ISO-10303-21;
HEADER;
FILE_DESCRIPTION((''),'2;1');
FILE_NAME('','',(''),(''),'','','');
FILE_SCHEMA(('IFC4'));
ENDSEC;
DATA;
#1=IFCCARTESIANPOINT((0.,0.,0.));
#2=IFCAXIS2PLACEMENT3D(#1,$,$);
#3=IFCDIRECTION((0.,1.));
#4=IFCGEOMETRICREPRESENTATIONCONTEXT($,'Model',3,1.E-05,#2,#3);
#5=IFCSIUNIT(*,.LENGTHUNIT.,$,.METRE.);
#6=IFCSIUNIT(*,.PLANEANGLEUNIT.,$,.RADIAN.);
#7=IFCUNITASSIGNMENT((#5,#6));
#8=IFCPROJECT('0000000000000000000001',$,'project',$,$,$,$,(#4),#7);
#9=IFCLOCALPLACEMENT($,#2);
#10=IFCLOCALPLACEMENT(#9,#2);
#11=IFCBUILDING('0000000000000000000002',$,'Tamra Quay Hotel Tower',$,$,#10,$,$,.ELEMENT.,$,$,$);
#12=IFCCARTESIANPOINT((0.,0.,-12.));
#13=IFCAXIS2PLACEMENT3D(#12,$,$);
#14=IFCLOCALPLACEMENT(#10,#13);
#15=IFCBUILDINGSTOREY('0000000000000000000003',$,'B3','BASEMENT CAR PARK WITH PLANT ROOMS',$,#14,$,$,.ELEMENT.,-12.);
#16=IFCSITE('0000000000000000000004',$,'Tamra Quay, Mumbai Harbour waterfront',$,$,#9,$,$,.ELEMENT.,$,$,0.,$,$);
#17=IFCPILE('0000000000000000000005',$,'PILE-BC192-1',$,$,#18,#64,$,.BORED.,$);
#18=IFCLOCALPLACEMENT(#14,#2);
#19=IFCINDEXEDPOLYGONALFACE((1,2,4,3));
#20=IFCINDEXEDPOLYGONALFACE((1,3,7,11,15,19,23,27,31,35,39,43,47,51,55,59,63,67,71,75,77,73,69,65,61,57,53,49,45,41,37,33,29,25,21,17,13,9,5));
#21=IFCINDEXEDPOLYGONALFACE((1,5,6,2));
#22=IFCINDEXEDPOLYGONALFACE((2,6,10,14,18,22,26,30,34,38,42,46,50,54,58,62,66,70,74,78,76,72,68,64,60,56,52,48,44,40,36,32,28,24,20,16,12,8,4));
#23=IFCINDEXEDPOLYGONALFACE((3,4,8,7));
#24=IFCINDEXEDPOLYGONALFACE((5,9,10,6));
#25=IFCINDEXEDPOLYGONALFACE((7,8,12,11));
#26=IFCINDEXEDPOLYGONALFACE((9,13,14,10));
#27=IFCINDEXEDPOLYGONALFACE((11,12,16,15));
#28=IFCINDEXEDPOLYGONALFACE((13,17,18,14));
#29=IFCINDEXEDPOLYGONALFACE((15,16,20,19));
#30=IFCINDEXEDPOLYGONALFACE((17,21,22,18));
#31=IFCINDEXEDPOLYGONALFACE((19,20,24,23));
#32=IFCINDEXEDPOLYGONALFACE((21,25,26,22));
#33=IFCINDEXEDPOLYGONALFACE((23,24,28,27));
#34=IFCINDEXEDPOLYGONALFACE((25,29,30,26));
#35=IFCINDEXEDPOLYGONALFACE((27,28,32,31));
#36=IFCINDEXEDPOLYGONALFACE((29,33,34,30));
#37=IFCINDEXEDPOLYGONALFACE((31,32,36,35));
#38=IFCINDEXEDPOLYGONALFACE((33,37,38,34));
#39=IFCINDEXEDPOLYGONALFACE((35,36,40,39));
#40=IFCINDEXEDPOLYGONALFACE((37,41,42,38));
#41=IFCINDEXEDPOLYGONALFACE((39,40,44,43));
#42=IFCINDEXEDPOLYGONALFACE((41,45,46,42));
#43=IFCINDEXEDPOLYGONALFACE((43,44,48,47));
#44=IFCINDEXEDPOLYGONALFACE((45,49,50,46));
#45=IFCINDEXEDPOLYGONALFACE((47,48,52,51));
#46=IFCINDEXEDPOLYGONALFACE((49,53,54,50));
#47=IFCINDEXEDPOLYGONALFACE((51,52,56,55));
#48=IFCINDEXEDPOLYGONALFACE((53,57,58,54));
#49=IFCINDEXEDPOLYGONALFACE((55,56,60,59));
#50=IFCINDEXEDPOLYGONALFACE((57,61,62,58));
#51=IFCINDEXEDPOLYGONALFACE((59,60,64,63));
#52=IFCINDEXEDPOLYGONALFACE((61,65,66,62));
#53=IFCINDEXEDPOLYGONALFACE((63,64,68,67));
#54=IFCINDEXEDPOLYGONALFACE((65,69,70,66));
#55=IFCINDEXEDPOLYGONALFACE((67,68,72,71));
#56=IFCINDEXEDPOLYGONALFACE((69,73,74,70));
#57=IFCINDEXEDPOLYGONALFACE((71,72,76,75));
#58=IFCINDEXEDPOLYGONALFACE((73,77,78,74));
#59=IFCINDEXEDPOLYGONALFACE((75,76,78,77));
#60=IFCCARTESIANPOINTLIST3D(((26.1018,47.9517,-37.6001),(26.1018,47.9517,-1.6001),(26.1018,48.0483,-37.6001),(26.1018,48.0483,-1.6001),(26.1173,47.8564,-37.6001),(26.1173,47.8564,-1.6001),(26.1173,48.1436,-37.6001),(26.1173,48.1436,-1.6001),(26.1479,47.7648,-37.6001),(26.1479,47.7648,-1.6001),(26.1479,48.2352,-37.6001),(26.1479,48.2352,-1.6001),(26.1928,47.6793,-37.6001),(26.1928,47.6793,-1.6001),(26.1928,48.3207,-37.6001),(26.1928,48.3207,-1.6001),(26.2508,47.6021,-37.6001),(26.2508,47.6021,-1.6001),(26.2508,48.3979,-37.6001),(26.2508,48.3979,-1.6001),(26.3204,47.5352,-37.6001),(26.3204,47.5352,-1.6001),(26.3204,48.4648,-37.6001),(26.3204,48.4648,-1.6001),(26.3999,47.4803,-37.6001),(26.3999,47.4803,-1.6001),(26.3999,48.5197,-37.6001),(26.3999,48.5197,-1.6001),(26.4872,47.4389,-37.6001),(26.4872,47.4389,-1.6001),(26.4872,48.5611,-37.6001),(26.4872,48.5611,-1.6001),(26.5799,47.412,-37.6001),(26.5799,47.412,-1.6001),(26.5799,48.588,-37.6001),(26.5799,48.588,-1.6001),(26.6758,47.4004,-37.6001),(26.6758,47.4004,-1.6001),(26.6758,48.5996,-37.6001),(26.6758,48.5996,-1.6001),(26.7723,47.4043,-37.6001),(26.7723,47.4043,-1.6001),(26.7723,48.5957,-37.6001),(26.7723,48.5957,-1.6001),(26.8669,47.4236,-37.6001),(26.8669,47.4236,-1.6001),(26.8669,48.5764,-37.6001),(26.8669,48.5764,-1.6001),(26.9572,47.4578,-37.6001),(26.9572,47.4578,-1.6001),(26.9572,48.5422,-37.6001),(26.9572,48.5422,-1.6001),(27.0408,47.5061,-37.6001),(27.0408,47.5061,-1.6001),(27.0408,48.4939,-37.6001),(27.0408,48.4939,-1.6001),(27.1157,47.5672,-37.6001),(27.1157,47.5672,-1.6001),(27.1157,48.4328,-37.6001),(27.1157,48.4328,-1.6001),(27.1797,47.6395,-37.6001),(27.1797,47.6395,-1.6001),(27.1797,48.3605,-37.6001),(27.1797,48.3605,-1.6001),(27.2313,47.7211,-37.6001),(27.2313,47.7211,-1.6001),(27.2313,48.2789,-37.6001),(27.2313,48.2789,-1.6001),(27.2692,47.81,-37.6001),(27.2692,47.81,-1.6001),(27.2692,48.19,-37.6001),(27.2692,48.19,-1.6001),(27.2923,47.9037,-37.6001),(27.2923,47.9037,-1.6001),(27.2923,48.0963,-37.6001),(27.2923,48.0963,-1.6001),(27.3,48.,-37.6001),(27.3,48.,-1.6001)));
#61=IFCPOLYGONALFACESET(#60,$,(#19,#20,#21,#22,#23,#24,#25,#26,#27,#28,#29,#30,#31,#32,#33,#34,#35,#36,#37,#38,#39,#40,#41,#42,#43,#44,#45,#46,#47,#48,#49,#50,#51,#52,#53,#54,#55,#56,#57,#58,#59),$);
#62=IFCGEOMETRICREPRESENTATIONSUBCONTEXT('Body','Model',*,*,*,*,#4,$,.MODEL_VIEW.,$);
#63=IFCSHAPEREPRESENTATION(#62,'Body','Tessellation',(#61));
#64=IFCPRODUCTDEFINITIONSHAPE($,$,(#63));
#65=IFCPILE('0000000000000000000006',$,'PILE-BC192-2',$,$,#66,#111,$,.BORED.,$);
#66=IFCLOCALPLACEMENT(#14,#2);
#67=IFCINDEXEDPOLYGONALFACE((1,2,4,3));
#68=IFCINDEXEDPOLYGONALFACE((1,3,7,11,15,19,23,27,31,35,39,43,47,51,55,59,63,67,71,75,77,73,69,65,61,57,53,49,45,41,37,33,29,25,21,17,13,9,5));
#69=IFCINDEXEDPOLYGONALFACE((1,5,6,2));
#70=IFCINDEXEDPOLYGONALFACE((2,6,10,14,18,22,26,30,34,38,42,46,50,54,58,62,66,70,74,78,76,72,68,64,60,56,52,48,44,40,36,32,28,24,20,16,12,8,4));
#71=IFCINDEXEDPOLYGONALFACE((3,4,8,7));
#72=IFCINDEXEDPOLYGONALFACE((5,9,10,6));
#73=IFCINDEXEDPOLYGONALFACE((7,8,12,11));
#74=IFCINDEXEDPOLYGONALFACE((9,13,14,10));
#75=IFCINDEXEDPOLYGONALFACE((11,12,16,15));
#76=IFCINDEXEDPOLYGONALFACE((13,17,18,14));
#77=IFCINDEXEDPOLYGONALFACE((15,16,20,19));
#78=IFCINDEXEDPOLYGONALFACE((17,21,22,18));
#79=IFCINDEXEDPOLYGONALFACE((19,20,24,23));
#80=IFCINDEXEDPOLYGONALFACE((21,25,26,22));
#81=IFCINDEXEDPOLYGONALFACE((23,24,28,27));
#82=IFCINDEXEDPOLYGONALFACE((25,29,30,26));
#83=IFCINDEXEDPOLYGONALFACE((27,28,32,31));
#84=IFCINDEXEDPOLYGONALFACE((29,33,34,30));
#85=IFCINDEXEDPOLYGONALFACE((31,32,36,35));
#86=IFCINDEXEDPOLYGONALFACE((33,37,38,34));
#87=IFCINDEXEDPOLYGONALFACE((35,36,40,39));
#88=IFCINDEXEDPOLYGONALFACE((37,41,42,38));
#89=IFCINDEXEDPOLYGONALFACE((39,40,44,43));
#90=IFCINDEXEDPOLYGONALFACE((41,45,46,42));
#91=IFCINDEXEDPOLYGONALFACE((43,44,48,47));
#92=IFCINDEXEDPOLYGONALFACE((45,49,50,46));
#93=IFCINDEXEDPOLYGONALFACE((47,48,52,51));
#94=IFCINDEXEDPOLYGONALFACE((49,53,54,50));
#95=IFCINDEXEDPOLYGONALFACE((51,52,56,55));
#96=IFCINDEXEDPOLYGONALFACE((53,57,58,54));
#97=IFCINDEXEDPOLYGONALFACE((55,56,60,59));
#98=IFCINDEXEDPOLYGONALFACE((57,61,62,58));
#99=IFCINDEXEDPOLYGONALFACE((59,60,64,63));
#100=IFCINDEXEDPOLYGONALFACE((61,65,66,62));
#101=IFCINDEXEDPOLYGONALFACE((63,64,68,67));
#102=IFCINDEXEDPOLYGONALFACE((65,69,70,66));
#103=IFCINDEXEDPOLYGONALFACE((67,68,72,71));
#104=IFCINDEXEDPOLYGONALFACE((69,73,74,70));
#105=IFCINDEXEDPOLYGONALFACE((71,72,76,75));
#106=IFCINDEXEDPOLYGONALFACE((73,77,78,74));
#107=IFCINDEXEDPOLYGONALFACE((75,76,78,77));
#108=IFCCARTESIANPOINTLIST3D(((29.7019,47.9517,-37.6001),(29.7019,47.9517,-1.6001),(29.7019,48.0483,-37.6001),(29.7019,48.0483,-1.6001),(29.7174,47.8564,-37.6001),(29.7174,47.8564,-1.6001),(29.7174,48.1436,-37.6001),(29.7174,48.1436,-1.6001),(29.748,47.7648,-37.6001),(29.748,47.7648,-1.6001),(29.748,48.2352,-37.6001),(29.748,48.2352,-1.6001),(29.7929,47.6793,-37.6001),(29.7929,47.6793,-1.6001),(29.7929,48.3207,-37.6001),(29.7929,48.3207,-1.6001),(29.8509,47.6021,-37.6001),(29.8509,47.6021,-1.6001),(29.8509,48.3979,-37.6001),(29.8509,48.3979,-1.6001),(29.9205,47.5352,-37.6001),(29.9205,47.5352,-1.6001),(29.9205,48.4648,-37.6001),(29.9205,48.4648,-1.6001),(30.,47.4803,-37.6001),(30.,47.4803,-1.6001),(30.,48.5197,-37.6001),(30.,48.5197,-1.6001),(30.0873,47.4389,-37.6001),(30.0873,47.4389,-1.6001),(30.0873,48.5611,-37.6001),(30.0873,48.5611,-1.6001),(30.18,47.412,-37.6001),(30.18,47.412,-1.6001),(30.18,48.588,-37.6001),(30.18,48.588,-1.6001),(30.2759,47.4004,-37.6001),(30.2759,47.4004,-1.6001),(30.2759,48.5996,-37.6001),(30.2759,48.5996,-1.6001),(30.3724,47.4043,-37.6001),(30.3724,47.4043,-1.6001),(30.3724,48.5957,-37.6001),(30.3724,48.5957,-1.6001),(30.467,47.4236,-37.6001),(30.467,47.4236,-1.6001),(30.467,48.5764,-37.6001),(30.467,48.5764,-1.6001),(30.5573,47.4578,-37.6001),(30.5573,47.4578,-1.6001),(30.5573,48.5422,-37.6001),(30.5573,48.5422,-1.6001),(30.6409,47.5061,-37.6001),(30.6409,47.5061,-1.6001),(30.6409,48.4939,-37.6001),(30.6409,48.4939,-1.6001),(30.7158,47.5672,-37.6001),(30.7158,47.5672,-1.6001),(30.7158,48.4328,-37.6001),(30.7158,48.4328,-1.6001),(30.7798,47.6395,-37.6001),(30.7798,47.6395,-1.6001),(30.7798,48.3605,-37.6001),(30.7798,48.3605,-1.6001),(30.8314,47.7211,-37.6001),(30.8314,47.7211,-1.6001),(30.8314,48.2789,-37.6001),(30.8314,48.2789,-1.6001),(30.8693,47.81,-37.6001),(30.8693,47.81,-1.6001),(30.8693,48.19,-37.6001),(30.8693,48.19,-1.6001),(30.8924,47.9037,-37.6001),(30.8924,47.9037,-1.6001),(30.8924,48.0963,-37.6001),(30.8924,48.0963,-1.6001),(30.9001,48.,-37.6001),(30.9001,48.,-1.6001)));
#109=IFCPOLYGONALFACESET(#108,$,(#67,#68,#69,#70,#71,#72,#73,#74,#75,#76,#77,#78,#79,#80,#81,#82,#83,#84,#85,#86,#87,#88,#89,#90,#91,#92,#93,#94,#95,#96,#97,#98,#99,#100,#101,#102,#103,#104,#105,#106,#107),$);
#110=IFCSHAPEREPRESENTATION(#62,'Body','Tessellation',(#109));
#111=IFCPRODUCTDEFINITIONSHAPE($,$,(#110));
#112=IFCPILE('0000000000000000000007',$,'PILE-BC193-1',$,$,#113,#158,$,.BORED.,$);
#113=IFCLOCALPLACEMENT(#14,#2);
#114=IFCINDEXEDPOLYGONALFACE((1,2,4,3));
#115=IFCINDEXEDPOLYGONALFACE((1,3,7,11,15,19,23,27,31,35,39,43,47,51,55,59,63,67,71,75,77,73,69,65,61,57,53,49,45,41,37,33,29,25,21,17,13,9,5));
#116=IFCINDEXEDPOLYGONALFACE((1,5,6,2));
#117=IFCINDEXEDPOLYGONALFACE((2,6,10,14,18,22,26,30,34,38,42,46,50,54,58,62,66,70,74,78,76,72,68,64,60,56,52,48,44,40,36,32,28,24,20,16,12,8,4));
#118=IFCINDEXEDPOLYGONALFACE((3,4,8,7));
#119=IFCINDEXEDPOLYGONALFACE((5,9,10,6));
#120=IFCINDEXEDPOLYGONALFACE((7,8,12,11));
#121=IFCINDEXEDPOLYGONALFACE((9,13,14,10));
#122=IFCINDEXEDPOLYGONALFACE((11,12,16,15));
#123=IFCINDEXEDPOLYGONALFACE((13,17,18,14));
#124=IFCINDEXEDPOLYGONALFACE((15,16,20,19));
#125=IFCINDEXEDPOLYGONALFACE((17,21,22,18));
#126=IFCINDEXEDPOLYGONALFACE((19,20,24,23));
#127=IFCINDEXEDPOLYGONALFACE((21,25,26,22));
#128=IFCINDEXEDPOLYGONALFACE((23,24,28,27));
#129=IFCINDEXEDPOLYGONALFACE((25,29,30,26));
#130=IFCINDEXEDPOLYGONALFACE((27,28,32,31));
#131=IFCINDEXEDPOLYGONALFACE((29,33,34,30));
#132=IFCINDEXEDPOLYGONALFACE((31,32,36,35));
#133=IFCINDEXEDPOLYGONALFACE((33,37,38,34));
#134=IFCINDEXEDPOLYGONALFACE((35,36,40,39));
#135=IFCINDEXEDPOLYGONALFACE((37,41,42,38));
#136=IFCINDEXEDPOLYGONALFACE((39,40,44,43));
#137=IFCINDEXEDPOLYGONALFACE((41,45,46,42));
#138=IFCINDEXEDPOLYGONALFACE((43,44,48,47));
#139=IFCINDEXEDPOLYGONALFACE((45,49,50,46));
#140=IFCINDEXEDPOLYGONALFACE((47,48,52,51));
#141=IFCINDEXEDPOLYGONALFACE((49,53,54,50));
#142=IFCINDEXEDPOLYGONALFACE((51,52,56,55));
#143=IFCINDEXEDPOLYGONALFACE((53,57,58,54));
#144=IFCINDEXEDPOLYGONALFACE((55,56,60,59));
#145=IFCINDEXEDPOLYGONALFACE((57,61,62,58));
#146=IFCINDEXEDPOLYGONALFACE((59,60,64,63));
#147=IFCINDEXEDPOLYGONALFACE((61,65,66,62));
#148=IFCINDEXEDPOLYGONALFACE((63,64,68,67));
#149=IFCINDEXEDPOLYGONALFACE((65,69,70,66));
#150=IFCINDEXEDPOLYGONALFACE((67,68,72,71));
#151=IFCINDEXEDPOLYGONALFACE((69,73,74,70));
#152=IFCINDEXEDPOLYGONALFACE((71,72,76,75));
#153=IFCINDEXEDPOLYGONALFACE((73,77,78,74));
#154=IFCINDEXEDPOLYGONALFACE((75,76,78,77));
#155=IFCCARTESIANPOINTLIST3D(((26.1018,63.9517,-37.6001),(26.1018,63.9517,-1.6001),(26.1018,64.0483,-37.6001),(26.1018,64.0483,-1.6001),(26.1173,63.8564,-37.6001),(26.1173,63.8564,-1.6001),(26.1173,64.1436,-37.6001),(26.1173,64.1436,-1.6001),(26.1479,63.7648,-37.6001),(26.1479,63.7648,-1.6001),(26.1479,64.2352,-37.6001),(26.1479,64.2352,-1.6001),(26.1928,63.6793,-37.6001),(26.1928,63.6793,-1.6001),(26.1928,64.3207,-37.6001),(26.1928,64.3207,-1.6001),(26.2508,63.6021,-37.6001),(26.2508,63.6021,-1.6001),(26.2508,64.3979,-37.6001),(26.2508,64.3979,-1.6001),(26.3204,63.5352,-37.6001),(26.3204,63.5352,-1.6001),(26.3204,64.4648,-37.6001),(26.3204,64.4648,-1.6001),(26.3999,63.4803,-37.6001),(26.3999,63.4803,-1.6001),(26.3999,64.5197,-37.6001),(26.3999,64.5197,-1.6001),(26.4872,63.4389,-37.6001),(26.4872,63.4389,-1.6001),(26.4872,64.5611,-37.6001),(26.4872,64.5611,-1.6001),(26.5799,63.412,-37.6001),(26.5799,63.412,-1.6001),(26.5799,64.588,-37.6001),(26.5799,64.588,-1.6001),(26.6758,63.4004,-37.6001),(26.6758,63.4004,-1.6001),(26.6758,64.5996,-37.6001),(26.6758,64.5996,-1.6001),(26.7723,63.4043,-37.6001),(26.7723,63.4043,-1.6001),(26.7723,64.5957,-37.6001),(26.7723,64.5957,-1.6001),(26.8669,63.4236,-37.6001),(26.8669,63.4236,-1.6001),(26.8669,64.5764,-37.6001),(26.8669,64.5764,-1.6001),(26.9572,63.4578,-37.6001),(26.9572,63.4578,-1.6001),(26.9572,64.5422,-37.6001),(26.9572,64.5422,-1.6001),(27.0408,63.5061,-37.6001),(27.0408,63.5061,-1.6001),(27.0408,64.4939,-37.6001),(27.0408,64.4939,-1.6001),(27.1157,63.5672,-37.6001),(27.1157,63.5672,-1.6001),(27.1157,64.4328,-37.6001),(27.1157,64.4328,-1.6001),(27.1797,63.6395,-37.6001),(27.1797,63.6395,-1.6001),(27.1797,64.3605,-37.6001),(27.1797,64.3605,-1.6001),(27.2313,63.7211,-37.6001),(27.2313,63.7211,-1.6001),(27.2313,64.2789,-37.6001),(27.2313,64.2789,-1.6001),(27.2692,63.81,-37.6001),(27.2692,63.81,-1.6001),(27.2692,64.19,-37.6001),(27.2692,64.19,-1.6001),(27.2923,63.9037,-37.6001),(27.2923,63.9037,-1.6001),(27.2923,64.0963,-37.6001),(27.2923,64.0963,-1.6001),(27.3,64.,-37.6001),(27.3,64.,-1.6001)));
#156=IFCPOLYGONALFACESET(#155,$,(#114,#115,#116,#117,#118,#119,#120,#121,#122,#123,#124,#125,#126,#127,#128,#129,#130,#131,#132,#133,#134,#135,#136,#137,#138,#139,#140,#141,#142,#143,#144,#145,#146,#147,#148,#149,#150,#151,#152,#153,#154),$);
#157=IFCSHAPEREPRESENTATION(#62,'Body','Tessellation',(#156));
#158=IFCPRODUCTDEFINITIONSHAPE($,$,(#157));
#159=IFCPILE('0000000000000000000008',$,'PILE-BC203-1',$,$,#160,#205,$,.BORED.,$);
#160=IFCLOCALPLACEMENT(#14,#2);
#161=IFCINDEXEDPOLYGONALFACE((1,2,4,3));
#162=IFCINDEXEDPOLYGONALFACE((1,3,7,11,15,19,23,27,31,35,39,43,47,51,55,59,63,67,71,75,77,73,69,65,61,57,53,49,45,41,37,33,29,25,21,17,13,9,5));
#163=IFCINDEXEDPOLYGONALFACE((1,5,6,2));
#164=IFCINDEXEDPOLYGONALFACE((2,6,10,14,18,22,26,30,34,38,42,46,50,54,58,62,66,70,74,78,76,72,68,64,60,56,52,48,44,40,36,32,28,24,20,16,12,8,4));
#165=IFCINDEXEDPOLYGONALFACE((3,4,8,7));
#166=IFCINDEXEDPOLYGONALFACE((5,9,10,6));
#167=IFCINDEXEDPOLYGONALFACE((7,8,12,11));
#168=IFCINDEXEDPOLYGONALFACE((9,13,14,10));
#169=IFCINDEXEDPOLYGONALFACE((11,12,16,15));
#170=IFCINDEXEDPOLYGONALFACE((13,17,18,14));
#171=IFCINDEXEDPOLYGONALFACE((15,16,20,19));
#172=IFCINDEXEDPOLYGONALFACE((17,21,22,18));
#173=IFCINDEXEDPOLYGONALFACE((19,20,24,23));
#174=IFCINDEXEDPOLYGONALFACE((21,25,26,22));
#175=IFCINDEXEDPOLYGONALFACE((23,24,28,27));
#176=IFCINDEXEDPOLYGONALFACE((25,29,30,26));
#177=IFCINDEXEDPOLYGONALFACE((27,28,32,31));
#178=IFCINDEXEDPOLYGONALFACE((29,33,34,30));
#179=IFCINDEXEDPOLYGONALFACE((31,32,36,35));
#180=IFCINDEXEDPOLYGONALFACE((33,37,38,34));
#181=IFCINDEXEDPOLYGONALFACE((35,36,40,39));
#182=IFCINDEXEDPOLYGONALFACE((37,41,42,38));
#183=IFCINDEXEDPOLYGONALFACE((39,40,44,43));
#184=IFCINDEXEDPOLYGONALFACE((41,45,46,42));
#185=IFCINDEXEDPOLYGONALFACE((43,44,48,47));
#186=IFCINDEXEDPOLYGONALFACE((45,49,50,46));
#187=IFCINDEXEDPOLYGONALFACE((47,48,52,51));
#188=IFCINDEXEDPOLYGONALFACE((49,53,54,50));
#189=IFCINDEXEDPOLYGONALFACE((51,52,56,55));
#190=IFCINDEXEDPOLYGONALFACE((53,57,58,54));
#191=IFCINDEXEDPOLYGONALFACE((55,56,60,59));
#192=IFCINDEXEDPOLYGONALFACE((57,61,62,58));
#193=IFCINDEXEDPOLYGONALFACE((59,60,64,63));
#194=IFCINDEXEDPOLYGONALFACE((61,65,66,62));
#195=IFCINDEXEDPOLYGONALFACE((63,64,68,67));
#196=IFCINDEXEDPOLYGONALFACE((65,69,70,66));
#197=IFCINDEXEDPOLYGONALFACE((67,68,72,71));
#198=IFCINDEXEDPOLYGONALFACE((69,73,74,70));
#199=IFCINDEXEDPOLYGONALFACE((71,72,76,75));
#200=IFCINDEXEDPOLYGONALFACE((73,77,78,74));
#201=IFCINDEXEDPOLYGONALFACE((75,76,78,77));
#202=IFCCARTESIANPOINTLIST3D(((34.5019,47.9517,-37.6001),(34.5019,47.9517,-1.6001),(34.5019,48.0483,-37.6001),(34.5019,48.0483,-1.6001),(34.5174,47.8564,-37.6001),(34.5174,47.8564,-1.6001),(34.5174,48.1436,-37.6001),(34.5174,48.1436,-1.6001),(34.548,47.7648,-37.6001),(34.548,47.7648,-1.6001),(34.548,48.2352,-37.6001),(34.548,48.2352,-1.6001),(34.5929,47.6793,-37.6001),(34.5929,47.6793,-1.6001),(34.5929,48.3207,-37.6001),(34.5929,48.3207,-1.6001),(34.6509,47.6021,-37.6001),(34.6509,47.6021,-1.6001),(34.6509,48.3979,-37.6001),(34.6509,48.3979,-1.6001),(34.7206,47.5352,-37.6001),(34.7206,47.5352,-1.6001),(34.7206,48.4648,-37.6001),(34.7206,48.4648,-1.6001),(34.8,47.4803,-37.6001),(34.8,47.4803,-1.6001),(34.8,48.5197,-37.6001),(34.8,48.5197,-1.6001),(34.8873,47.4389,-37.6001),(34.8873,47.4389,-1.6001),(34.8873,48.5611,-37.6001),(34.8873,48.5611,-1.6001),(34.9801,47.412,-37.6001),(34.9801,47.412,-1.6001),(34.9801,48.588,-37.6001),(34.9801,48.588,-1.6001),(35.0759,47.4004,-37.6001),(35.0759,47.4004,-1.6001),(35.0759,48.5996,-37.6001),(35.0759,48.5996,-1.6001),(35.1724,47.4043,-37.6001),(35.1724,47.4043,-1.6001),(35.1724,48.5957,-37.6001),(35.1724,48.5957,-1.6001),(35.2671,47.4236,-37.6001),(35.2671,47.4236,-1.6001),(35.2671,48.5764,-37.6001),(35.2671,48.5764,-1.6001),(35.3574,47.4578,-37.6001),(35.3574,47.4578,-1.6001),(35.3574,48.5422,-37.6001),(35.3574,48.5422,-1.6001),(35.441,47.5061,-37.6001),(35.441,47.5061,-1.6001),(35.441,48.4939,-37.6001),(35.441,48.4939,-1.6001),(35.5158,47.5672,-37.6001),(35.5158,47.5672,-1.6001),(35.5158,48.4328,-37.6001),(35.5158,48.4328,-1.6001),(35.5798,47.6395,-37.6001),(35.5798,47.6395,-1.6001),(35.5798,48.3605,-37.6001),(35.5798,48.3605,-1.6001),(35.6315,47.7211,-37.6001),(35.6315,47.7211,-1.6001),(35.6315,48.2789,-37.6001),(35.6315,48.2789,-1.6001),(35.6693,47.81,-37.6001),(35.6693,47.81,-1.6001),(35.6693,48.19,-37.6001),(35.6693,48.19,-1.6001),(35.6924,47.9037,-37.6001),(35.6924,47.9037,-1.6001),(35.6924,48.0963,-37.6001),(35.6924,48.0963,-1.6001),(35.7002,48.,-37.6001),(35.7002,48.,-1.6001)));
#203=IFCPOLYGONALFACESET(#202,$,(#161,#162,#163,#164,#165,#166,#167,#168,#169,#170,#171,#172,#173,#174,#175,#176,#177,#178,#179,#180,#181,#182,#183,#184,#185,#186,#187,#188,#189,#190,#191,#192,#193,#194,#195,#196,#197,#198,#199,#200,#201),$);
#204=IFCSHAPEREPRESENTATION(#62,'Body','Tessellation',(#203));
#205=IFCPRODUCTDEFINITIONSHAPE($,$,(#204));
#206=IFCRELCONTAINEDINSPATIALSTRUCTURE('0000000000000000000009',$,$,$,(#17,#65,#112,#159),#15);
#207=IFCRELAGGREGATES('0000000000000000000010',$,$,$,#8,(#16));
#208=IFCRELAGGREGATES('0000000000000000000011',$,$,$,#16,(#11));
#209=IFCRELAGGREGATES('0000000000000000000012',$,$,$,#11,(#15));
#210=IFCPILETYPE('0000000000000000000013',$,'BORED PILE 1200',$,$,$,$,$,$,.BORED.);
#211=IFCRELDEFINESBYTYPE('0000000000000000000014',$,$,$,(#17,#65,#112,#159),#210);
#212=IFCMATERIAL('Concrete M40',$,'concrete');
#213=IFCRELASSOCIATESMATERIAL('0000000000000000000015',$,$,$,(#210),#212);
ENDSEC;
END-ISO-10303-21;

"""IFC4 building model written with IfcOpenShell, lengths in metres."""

from ifc_helpers import new_model, si_unit, direction, frame, origin, origin_2d, place, context, subcontext, project, spatial, circle, extrude, material, material_profile, profile_set, type_object, element, save


model = new_model("IFC4")

# Units and contexts
model_context = context("Model", 3, precision=1e-05, world=origin(), true_north=direction((0.0, 1.0)))
body_context = subcontext(model_context, "Body", "Model", "MODEL_VIEW")
ifc_project = project(units=[si_unit("LENGTHUNIT", "METRE"), si_unit("PLANEANGLEUNIT", "RADIAN")], contexts=[model_context])

# Site, building, storey
site_placement = place(None, origin())
site = spatial("IfcSite", under=ifc_project, at=site_placement, Name="Tamra Quay, Mumbai Harbour waterfront", CompositionType="ELEMENT", RefElevation=0.0)
building_placement = place(site_placement, origin())
building = spatial("IfcBuilding", under=site, at=building_placement, Name="Tamra Quay Hotel Tower", CompositionType="ELEMENT")
storey_placement = place(building_placement, frame((0.0, 0.0, -12.0)))
storey = spatial("IfcBuildingStorey", under=building, at=storey_placement, Name="B3", Description="BASEMENT CAR PARK WITH PLANT ROOMS", CompositionType="ELEMENT", Elevation=-12.0)

# Piles
ifc_material_1 = material(Name="Concrete M40", Category="concrete")
ifc_material_profile_1 = material_profile(ifc_material_1, circle(Radius=0.6001, at=origin_2d()), Name="BORED PILE 1200")
ifc_profile_set_1 = profile_set([ifc_material_profile_1], Name="Concrete M40")
pile_type = type_object("IfcPileType", Name="BORED PILE 1200", PredefinedType="BORED", material=ifc_profile_set_1)
for number, where, z_axis, x_axis, name in (
    (1, (26.7, 48.0, -1.6001), (0.0, 0.0, -1.0), (1.0, 0.0, 0.0), "PILE-BC192-1"),
    (2, (30.3, 48.0, -1.6001), (0.0, 0.0, -1.0), (1.0, 0.0, 0.0), "PILE-BC192-2"),
    (3, (26.7, 64.0, -1.6001), (0.0, 0.0, -1.0), (1.0, 0.0, 0.0), "PILE-BC193-1"),
    (4, (35.1001, 48.0, -1.6001), (0.0, 0.0, -1.0), (1.0, 0.0, 0.0), "PILE-BC203-1"),
):
    element("IfcPile", number, at=place(storey_placement, frame(where, z_axis=z_axis, x_axis=x_axis)), inside=storey, type_object=pile_type, Name=name, PredefinedType="BORED", context=body_context, shape_type="SweptSolid", body=[
        extrude(circle(Radius=0.6001, at=origin_2d()), origin(), (0.0, 0.0, 1.0), 36.0),
    ])

save(model, "model.ifc")
